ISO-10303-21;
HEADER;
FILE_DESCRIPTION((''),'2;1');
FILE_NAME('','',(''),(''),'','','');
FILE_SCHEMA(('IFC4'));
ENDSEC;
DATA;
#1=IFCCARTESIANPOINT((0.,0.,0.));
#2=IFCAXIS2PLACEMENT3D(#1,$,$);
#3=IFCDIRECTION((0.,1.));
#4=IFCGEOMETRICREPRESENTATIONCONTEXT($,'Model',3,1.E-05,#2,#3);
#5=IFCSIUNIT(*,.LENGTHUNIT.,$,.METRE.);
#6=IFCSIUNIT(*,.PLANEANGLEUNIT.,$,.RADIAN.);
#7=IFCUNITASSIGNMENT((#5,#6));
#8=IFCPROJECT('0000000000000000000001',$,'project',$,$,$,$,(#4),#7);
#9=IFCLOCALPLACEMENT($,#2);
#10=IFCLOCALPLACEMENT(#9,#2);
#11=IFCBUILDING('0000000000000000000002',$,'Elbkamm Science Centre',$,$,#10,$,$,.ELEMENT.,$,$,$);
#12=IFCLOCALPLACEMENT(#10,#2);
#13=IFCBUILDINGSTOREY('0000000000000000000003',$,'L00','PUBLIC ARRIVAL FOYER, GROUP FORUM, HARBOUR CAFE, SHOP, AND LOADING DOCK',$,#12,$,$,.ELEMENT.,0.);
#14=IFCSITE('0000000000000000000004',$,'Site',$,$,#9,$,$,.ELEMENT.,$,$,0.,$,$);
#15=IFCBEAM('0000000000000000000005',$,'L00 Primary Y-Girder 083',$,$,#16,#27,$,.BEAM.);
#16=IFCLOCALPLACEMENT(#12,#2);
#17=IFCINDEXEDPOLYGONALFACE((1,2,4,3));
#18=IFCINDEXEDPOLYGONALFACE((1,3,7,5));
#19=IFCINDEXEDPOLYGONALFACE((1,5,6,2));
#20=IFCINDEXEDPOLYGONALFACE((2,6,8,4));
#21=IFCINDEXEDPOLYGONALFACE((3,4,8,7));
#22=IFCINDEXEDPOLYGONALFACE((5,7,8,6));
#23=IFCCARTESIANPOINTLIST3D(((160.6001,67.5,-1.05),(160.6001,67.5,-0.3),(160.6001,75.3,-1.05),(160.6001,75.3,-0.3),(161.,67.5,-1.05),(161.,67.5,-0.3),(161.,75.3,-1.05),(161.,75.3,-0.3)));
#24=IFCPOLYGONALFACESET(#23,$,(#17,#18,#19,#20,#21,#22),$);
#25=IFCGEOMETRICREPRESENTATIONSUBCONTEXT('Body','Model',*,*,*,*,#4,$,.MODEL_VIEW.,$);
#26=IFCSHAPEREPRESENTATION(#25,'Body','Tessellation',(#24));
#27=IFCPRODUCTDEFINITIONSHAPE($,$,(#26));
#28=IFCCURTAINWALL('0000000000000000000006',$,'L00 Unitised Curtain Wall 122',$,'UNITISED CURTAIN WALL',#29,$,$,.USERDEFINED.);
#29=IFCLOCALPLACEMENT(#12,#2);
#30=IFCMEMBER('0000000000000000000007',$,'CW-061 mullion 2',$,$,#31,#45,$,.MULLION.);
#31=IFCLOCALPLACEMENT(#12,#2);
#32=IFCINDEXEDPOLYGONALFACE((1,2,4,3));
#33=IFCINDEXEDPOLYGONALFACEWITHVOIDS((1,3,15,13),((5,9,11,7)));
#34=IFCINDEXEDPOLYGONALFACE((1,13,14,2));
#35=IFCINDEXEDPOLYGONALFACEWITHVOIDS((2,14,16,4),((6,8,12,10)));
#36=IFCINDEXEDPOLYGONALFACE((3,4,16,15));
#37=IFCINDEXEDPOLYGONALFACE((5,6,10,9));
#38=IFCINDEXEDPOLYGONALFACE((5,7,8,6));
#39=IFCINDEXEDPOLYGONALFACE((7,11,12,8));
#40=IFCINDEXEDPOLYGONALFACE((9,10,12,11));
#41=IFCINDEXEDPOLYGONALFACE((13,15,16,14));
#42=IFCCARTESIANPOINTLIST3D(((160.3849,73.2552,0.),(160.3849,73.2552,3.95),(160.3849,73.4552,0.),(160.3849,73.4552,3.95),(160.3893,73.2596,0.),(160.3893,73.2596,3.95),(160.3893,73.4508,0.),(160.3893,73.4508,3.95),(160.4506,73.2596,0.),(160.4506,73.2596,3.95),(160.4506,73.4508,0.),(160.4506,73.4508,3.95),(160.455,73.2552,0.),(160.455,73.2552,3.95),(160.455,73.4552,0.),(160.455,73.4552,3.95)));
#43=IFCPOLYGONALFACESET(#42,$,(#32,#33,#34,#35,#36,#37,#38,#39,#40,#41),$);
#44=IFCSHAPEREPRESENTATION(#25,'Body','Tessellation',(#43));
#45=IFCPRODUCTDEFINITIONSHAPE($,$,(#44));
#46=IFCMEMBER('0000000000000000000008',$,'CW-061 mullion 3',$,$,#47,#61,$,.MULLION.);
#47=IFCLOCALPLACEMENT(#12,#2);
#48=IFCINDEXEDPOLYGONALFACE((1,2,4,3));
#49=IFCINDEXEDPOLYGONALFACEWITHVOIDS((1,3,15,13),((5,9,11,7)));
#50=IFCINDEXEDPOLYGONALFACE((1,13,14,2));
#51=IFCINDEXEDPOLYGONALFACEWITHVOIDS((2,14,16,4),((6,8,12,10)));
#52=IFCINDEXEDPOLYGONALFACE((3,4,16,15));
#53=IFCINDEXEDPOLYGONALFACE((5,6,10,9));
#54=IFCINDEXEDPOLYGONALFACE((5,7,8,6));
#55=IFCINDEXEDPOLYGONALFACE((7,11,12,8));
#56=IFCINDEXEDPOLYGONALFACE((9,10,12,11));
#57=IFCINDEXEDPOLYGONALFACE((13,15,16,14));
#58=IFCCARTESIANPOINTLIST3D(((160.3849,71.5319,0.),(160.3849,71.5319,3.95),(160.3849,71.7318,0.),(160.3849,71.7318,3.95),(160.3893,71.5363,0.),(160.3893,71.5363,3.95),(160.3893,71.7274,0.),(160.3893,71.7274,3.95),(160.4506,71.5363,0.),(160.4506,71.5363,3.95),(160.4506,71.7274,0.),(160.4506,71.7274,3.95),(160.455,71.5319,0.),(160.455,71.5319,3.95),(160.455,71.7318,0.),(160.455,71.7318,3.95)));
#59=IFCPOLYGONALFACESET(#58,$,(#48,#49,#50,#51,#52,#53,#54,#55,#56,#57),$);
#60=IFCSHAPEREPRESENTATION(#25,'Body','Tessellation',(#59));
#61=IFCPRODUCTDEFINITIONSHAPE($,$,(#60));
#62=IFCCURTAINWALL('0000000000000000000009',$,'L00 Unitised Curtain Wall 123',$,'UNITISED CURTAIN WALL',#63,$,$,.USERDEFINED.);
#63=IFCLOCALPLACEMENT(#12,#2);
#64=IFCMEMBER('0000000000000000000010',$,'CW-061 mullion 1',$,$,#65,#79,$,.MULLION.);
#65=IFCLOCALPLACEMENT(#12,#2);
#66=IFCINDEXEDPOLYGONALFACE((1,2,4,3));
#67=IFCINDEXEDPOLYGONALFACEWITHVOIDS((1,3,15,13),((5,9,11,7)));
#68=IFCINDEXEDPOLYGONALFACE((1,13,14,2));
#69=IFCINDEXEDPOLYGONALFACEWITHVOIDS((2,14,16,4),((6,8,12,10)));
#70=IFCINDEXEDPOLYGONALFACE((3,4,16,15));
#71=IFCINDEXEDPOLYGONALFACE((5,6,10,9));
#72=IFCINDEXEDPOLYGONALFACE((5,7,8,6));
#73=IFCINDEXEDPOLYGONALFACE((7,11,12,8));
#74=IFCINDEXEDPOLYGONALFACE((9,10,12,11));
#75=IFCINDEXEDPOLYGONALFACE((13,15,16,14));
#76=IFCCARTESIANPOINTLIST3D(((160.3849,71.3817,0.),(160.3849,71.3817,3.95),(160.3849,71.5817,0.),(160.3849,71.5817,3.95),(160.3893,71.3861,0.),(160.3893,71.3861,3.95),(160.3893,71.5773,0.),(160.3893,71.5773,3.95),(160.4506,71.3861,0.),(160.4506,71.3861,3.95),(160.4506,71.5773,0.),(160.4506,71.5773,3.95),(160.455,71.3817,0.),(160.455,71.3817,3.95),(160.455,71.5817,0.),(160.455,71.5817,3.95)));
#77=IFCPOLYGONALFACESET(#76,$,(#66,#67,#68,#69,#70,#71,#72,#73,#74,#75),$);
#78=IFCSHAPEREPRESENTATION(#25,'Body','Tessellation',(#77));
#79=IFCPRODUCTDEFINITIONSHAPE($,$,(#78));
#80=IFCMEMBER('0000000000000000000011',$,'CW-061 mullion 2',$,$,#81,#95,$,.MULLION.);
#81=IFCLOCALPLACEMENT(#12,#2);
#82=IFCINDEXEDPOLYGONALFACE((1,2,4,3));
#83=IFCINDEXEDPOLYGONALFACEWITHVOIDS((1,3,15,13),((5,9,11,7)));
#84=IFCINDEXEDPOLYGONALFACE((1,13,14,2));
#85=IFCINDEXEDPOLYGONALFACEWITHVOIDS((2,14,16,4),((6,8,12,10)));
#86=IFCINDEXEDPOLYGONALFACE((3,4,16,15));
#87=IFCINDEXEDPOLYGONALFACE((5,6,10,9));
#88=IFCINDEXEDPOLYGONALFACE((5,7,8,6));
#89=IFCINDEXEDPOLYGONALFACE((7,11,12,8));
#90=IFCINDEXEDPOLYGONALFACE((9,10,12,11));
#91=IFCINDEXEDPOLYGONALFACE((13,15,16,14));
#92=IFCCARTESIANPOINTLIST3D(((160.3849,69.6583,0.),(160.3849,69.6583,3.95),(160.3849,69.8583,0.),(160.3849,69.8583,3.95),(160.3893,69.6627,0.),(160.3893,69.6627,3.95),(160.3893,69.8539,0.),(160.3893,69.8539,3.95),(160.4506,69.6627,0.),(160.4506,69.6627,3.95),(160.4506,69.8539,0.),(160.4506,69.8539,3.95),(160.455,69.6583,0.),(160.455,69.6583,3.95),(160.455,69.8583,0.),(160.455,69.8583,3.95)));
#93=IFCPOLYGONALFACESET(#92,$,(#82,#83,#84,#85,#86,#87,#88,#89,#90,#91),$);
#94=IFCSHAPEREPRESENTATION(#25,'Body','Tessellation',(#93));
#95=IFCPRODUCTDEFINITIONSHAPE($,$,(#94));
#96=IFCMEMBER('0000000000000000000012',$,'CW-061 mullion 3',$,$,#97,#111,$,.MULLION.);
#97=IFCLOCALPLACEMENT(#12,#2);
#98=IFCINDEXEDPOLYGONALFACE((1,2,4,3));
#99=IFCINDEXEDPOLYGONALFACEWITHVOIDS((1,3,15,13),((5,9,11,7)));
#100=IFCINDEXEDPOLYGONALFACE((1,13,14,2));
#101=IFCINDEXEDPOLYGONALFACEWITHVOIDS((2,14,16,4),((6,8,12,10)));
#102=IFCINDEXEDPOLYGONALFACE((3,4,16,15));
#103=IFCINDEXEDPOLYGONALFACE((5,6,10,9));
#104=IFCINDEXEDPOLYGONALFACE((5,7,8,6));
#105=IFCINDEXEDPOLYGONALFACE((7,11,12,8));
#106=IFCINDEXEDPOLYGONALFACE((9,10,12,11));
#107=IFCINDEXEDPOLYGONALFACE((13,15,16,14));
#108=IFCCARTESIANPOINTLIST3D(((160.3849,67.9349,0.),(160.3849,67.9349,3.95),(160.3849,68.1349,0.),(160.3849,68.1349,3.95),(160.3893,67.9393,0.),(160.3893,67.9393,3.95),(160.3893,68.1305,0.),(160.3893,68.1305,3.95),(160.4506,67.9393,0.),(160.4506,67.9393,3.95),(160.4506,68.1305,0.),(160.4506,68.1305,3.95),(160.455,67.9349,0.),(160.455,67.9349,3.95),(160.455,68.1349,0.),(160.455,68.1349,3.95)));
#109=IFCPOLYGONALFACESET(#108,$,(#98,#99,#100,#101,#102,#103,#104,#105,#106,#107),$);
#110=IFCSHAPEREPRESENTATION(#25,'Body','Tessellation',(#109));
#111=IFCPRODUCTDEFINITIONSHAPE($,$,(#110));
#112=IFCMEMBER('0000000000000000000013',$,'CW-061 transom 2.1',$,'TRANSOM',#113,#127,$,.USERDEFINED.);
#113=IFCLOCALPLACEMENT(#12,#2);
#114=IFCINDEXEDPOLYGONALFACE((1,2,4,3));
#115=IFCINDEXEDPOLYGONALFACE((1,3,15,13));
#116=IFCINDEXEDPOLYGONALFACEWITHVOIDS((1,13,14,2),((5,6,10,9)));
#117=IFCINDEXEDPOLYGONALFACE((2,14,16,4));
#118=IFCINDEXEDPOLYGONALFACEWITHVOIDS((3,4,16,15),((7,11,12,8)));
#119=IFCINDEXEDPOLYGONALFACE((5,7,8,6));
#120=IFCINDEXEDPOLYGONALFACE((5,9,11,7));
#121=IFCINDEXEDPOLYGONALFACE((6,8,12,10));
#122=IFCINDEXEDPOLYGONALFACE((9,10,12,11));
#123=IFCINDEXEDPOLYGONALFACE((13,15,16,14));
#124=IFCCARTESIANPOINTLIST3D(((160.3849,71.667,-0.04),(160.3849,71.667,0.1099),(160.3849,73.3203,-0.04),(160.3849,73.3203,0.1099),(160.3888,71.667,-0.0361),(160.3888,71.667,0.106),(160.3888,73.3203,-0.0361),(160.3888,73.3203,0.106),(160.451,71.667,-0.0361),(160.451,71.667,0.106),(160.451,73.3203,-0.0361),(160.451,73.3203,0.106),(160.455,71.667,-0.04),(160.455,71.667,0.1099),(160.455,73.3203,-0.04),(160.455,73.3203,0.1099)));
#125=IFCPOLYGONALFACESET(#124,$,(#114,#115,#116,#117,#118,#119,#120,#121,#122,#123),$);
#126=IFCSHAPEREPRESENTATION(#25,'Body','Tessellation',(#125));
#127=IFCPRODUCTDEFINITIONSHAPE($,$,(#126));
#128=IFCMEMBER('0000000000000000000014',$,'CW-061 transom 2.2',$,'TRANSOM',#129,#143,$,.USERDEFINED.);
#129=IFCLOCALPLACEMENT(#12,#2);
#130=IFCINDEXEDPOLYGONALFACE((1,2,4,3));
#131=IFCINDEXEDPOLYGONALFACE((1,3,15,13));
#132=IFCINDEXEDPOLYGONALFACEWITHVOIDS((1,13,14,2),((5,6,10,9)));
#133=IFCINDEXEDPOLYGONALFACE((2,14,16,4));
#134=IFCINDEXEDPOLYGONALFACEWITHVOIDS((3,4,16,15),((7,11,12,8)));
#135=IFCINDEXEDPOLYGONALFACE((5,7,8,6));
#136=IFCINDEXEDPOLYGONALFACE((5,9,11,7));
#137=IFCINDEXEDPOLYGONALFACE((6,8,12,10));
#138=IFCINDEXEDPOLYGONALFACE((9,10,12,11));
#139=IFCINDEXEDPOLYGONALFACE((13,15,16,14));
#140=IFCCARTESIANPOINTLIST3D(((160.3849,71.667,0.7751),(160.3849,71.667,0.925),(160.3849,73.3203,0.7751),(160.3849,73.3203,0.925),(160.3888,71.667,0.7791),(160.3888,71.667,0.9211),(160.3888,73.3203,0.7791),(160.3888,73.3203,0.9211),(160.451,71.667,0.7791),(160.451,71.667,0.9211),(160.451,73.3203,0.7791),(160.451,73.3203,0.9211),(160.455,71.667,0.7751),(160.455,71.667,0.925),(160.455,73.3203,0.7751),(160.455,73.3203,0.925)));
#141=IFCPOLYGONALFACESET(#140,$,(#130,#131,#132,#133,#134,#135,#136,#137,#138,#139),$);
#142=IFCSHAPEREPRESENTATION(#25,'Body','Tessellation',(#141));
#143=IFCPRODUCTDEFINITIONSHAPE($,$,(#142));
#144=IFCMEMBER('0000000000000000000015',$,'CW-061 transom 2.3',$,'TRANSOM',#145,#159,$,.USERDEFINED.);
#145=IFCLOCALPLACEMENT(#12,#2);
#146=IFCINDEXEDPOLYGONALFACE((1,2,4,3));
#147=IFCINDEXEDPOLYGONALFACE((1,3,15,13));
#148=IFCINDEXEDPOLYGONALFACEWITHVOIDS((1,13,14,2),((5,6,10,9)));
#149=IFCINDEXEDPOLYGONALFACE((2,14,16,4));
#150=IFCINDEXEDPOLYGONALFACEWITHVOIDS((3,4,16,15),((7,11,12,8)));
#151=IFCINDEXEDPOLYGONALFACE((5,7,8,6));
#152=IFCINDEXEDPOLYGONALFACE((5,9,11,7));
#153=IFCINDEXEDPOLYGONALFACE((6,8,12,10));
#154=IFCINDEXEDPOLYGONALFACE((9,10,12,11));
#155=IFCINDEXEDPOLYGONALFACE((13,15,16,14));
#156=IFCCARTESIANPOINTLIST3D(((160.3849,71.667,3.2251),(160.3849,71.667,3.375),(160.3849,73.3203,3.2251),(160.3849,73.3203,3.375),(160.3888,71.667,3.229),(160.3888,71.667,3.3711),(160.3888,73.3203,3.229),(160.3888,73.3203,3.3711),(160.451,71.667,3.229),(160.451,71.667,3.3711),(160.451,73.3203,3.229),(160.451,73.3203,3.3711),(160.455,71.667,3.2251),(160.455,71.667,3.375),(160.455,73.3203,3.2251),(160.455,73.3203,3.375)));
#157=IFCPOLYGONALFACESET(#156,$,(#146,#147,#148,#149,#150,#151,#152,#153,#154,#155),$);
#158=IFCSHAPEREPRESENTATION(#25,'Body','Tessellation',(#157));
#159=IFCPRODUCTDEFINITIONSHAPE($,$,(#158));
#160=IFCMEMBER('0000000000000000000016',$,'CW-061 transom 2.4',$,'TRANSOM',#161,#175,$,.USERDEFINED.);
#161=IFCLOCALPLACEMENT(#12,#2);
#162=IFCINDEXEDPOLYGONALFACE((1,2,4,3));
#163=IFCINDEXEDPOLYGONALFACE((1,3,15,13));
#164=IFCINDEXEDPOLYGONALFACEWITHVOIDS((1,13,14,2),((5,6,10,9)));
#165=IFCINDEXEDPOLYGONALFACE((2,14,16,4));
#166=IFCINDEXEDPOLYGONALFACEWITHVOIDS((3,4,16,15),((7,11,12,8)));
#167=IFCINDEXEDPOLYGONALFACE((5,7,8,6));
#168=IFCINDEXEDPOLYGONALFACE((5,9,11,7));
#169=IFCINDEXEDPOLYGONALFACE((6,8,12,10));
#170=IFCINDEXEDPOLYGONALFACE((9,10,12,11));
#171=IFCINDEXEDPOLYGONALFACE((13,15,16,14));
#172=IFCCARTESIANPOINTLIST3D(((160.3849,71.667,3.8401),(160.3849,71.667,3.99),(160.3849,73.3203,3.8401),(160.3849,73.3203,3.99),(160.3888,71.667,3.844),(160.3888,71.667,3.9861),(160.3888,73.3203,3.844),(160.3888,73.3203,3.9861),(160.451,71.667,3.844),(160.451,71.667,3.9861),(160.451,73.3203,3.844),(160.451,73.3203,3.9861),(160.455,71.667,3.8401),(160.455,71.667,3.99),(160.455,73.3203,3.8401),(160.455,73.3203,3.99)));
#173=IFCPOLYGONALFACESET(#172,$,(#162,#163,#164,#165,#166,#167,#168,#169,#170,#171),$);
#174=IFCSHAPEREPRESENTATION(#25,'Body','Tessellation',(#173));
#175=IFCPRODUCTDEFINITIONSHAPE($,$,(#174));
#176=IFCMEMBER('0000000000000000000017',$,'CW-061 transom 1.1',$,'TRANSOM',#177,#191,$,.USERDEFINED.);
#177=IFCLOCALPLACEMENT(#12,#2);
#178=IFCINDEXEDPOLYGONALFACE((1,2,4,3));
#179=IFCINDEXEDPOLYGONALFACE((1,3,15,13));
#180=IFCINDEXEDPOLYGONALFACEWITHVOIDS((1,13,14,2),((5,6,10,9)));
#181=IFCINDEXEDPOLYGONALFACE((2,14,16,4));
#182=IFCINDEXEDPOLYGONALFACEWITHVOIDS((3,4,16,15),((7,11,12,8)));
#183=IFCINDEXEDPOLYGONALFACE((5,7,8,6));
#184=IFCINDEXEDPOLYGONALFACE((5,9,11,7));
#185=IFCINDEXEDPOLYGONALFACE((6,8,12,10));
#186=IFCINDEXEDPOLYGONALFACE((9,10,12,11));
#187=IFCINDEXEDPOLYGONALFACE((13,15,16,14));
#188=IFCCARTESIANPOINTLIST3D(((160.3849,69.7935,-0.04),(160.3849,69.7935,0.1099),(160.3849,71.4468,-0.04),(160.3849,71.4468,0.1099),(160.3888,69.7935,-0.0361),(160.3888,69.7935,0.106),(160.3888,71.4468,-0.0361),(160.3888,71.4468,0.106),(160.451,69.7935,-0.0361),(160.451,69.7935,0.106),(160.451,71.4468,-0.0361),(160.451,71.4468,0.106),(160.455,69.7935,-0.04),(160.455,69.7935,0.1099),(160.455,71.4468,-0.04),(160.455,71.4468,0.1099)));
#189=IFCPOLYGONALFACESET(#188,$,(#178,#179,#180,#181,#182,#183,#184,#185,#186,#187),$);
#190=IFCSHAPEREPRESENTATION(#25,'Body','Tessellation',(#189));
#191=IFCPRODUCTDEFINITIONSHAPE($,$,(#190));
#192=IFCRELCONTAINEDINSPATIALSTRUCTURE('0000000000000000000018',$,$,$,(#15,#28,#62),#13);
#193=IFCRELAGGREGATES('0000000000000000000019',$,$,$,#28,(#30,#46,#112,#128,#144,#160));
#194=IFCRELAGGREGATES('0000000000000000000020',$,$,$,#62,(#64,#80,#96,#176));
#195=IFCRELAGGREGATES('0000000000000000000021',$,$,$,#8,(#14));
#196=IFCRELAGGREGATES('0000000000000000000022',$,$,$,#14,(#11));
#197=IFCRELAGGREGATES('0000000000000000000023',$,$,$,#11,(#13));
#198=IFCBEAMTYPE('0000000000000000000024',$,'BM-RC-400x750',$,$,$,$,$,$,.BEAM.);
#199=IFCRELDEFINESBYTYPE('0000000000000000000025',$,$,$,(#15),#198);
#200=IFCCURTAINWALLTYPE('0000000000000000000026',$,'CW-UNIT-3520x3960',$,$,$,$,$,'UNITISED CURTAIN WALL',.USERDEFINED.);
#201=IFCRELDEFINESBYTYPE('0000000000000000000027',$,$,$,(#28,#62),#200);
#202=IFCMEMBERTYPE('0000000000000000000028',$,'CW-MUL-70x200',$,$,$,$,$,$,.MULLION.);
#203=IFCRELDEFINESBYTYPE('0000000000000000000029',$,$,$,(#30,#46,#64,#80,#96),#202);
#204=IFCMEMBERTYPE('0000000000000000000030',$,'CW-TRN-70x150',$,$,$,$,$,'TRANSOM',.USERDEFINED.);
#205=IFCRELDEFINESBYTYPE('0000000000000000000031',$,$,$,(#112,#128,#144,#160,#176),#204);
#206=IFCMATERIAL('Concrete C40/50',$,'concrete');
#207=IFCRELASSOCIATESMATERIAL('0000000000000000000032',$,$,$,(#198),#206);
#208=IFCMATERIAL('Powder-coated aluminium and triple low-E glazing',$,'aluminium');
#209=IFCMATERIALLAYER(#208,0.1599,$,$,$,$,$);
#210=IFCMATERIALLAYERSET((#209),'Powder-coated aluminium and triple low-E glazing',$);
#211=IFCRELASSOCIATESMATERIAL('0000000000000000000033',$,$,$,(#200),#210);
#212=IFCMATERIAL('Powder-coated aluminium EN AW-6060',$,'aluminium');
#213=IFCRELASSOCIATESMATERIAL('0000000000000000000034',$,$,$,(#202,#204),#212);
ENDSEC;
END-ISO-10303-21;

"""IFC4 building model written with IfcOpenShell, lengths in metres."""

from ifc_helpers import new_model, si_unit, direction, frame, origin, origin_2d, place, context, subcontext, project, spatial, rectangle, hollow_rectangle, extrude, material, layer, layer_set, material_profile, profile_set, type_object, element, aggregate, save


model = new_model("IFC4")

# Units and contexts
model_context = context("Model", 3, precision=1e-05, world=origin(), true_north=direction((0.0, 1.0)))
body_context = subcontext(model_context, "Body", "Model", "MODEL_VIEW")
ifc_project = project(units=[si_unit("LENGTHUNIT", "METRE"), si_unit("PLANEANGLEUNIT", "RADIAN")], contexts=[model_context])

# Site, building, storey
site_placement = place(None, origin())
site = spatial("IfcSite", under=ifc_project, at=site_placement, Name="Site", CompositionType="ELEMENT", RefElevation=0.0)
building_placement = place(site_placement, origin())
building = spatial("IfcBuilding", under=site, at=building_placement, Name="Elbkamm Science Centre", CompositionType="ELEMENT")
storey_placement = place(building_placement, origin())
storey = spatial("IfcBuildingStorey", under=building, at=storey_placement, Name="L00", Description="PUBLIC ARRIVAL FOYER, GROUP FORUM, HARBOUR CAFE, SHOP, AND LOADING DOCK", CompositionType="ELEMENT", Elevation=0.0)

# Beam
ifc_material_1 = material(Name="Concrete C40/50", Category="concrete")
ifc_material_profile_1 = material_profile(ifc_material_1, rectangle(XDim=0.3999, YDim=0.75, at=origin_2d()), Name="RC 400x750")
ifc_profile_set_1 = profile_set([ifc_material_profile_1], Name="Concrete C40/50")
beam_type = type_object("IfcBeamType", Name="BM-RC-400x750", PredefinedType="BEAM", material=ifc_profile_set_1)
beam_placement = place(storey_placement, frame((160.8, 67.5, -0.675), z_axis=(0.0, 1.0, 0.0), x_axis=(-1.0, 0.0, 0.0)))
element("IfcBeam", 1, at=beam_placement, inside=storey, type_object=beam_type, Name="L00 Primary Y-Girder 083", PredefinedType="BEAM", context=body_context, shape_type="SweptSolid", body=[
    extrude(rectangle(XDim=0.3999, YDim=0.75, at=origin_2d()), origin(), (0.0, 0.0, 1.0), 7.8),
])

# Curtain walls, members
ifc_material_2 = material(Name="Powder-coated aluminium and triple low-E glazing", Category="aluminium")
ifc_layer_1 = layer(ifc_material_2, 0.1599)
ifc_layer_set_1 = layer_set([ifc_layer_1], Name="Powder-coated aluminium and triple low-E glazing")
curtain_wall_type = type_object("IfcCurtainWallType", Name="CW-UNIT-3520x3960", ElementType="UNITISED CURTAIN WALL", PredefinedType="USERDEFINED", material=ifc_layer_set_1)
curtain_wall_1_placement = place(storey_placement, origin())
curtain_wall_1 = element("IfcCurtainWall", 2, at=curtain_wall_1_placement, inside=storey, type_object=curtain_wall_type, Name="L00 Unitised Curtain Wall 122", ObjectType="UNITISED CURTAIN WALL", PredefinedType="USERDEFINED")
ifc_material_3 = material(Name="Powder-coated aluminium EN AW-6060", Category="aluminium")
ifc_material_profile_2 = material_profile(ifc_material_3, hollow_rectangle(XDim=0.0701, YDim=0.2, WallThickness=0.0044, at=origin_2d()), Name="ALU M70x200")
ifc_profile_set_2 = profile_set([ifc_material_profile_2], Name="Powder-coated aluminium EN AW-6060")
member_type_1 = type_object("IfcMemberType", Name="CW-MUL-70x200", PredefinedType="MULLION", material=ifc_profile_set_2)
member_1_placement = place(storey_placement, frame((160.4199, 73.3552, 0.0), z_axis=(0.0, 0.0, 1.0), x_axis=(1.0, 0.0, 0.0)))
member_1 = element("IfcMember", 3, at=member_1_placement, type_object=member_type_1, Name="CW-061 mullion 2", PredefinedType="MULLION", context=body_context, shape_type="SweptSolid", body=[
    extrude(hollow_rectangle(XDim=0.0701, YDim=0.2, WallThickness=0.0044, at=origin_2d()), origin(), (0.0, 0.0, 1.0), 3.95),
])
member_2_placement = place(storey_placement, frame((160.4199, 71.6318, 0.0), z_axis=(0.0, 0.0, 1.0), x_axis=(1.0, 0.0, 0.0)))
member_2 = element("IfcMember", 4, at=member_2_placement, type_object=member_type_1, Name="CW-061 mullion 3", PredefinedType="MULLION", context=body_context, shape_type="SweptSolid", body=[
    extrude(hollow_rectangle(XDim=0.0701, YDim=0.2, WallThickness=0.0044, at=origin_2d()), origin(), (0.0, 0.0, 1.0), 3.95),
])
curtain_wall_2_placement = place(storey_placement, origin())
curtain_wall_2 = element("IfcCurtainWall", 5, at=curtain_wall_2_placement, inside=storey, type_object=curtain_wall_type, Name="L00 Unitised Curtain Wall 123", ObjectType="UNITISED CURTAIN WALL", PredefinedType="USERDEFINED")
member_3_placement = place(storey_placement, frame((160.4199, 71.4817, 0.0), z_axis=(0.0, 0.0, 1.0), x_axis=(1.0, 0.0, 0.0)))
member_3 = element("IfcMember", 6, at=member_3_placement, type_object=member_type_1, Name="CW-061 mullion 1", PredefinedType="MULLION", context=body_context, shape_type="SweptSolid", body=[
    extrude(hollow_rectangle(XDim=0.0701, YDim=0.2, WallThickness=0.0044, at=origin_2d()), origin(), (0.0, 0.0, 1.0), 3.95),
])
member_4_placement = place(storey_placement, frame((160.4199, 69.7583, 0.0), z_axis=(0.0, 0.0, 1.0), x_axis=(1.0, 0.0, 0.0)))
member_4 = element("IfcMember", 7, at=member_4_placement, type_object=member_type_1, Name="CW-061 mullion 2", PredefinedType="MULLION", context=body_context, shape_type="SweptSolid", body=[
    extrude(hollow_rectangle(XDim=0.0701, YDim=0.2, WallThickness=0.0044, at=origin_2d()), origin(), (0.0, 0.0, 1.0), 3.95),
])
member_5_placement = place(storey_placement, frame((160.4199, 68.0349, 0.0), z_axis=(0.0, 0.0, 1.0), x_axis=(1.0, 0.0, 0.0)))
member_5 = element("IfcMember", 8, at=member_5_placement, type_object=member_type_1, Name="CW-061 mullion 3", PredefinedType="MULLION", context=body_context, shape_type="SweptSolid", body=[
    extrude(hollow_rectangle(XDim=0.0701, YDim=0.2, WallThickness=0.0044, at=origin_2d()), origin(), (0.0, 0.0, 1.0), 3.95),
])

# Members
ifc_material_profile_3 = material_profile(ifc_material_3, hollow_rectangle(XDim=0.0701, YDim=0.1499, WallThickness=0.0039, at=origin_2d()), Name="ALU T70x150")
ifc_profile_set_3 = profile_set([ifc_material_profile_3], Name="Powder-coated aluminium EN AW-6060")
member_type_2 = type_object("IfcMemberType", Name="CW-TRN-70x150", ElementType="TRANSOM", PredefinedType="USERDEFINED", material=ifc_profile_set_3)
member_6_placement = place(storey_placement, frame((160.4199, 73.3203, 0.0349), z_axis=(0.0, -1.0, 0.0), x_axis=(1.0, 0.0, 0.0)))
member_6 = element("IfcMember", 9, at=member_6_placement, type_object=member_type_2, Name="CW-061 transom 2.1", ObjectType="TRANSOM", PredefinedType="USERDEFINED", context=body_context, shape_type="SweptSolid", body=[
    extrude(hollow_rectangle(XDim=0.0701, YDim=0.1499, WallThickness=0.0039, at=origin_2d()), origin(), (0.0, 0.0, 1.0), 1.6533),
])
member_7_placement = place(storey_placement, frame((160.4199, 73.3203, 0.8501), z_axis=(0.0, -1.0, 0.0), x_axis=(1.0, 0.0, 0.0)))
member_7 = element("IfcMember", 10, at=member_7_placement, type_object=member_type_2, Name="CW-061 transom 2.2", ObjectType="TRANSOM", PredefinedType="USERDEFINED", context=body_context, shape_type="SweptSolid", body=[
    extrude(hollow_rectangle(XDim=0.0701, YDim=0.1499, WallThickness=0.0039, at=origin_2d()), origin(), (0.0, 0.0, 1.0), 1.6533),
])
member_8_placement = place(storey_placement, frame((160.4199, 73.3203, 3.3), z_axis=(0.0, -1.0, 0.0), x_axis=(1.0, 0.0, 0.0)))
member_8 = element("IfcMember", 11, at=member_8_placement, type_object=member_type_2, Name="CW-061 transom 2.3", ObjectType="TRANSOM", PredefinedType="USERDEFINED", context=body_context, shape_type="SweptSolid", body=[
    extrude(hollow_rectangle(XDim=0.0701, YDim=0.1499, WallThickness=0.0039, at=origin_2d()), origin(), (0.0, 0.0, 1.0), 1.6533),
])
member_9_placement = place(storey_placement, frame((160.4199, 73.3203, 3.915), z_axis=(0.0, -1.0, 0.0), x_axis=(1.0, 0.0, 0.0)))
member_9 = element("IfcMember", 12, at=member_9_placement, type_object=member_type_2, Name="CW-061 transom 2.4", ObjectType="TRANSOM", PredefinedType="USERDEFINED", context=body_context, shape_type="SweptSolid", body=[
    extrude(hollow_rectangle(XDim=0.0701, YDim=0.1499, WallThickness=0.0039, at=origin_2d()), origin(), (0.0, 0.0, 1.0), 1.6533),
])
member_10_placement = place(storey_placement, frame((160.4199, 71.4468, 0.0349), z_axis=(0.0, -1.0, 0.0), x_axis=(1.0, 0.0, 0.0)))
member_10 = element("IfcMember", 13, at=member_10_placement, type_object=member_type_2, Name="CW-061 transom 1.1", ObjectType="TRANSOM", PredefinedType="USERDEFINED", context=body_context, shape_type="SweptSolid", body=[
    extrude(hollow_rectangle(XDim=0.0701, YDim=0.1499, WallThickness=0.0039, at=origin_2d()), origin(), (0.0, 0.0, 1.0), 1.6533),
])

aggregate(curtain_wall_1, [member_1, member_2, member_6, member_7, member_8, member_9])
aggregate(curtain_wall_2, [member_3, member_4, member_5, member_10])

save(model, "model.ifc")
